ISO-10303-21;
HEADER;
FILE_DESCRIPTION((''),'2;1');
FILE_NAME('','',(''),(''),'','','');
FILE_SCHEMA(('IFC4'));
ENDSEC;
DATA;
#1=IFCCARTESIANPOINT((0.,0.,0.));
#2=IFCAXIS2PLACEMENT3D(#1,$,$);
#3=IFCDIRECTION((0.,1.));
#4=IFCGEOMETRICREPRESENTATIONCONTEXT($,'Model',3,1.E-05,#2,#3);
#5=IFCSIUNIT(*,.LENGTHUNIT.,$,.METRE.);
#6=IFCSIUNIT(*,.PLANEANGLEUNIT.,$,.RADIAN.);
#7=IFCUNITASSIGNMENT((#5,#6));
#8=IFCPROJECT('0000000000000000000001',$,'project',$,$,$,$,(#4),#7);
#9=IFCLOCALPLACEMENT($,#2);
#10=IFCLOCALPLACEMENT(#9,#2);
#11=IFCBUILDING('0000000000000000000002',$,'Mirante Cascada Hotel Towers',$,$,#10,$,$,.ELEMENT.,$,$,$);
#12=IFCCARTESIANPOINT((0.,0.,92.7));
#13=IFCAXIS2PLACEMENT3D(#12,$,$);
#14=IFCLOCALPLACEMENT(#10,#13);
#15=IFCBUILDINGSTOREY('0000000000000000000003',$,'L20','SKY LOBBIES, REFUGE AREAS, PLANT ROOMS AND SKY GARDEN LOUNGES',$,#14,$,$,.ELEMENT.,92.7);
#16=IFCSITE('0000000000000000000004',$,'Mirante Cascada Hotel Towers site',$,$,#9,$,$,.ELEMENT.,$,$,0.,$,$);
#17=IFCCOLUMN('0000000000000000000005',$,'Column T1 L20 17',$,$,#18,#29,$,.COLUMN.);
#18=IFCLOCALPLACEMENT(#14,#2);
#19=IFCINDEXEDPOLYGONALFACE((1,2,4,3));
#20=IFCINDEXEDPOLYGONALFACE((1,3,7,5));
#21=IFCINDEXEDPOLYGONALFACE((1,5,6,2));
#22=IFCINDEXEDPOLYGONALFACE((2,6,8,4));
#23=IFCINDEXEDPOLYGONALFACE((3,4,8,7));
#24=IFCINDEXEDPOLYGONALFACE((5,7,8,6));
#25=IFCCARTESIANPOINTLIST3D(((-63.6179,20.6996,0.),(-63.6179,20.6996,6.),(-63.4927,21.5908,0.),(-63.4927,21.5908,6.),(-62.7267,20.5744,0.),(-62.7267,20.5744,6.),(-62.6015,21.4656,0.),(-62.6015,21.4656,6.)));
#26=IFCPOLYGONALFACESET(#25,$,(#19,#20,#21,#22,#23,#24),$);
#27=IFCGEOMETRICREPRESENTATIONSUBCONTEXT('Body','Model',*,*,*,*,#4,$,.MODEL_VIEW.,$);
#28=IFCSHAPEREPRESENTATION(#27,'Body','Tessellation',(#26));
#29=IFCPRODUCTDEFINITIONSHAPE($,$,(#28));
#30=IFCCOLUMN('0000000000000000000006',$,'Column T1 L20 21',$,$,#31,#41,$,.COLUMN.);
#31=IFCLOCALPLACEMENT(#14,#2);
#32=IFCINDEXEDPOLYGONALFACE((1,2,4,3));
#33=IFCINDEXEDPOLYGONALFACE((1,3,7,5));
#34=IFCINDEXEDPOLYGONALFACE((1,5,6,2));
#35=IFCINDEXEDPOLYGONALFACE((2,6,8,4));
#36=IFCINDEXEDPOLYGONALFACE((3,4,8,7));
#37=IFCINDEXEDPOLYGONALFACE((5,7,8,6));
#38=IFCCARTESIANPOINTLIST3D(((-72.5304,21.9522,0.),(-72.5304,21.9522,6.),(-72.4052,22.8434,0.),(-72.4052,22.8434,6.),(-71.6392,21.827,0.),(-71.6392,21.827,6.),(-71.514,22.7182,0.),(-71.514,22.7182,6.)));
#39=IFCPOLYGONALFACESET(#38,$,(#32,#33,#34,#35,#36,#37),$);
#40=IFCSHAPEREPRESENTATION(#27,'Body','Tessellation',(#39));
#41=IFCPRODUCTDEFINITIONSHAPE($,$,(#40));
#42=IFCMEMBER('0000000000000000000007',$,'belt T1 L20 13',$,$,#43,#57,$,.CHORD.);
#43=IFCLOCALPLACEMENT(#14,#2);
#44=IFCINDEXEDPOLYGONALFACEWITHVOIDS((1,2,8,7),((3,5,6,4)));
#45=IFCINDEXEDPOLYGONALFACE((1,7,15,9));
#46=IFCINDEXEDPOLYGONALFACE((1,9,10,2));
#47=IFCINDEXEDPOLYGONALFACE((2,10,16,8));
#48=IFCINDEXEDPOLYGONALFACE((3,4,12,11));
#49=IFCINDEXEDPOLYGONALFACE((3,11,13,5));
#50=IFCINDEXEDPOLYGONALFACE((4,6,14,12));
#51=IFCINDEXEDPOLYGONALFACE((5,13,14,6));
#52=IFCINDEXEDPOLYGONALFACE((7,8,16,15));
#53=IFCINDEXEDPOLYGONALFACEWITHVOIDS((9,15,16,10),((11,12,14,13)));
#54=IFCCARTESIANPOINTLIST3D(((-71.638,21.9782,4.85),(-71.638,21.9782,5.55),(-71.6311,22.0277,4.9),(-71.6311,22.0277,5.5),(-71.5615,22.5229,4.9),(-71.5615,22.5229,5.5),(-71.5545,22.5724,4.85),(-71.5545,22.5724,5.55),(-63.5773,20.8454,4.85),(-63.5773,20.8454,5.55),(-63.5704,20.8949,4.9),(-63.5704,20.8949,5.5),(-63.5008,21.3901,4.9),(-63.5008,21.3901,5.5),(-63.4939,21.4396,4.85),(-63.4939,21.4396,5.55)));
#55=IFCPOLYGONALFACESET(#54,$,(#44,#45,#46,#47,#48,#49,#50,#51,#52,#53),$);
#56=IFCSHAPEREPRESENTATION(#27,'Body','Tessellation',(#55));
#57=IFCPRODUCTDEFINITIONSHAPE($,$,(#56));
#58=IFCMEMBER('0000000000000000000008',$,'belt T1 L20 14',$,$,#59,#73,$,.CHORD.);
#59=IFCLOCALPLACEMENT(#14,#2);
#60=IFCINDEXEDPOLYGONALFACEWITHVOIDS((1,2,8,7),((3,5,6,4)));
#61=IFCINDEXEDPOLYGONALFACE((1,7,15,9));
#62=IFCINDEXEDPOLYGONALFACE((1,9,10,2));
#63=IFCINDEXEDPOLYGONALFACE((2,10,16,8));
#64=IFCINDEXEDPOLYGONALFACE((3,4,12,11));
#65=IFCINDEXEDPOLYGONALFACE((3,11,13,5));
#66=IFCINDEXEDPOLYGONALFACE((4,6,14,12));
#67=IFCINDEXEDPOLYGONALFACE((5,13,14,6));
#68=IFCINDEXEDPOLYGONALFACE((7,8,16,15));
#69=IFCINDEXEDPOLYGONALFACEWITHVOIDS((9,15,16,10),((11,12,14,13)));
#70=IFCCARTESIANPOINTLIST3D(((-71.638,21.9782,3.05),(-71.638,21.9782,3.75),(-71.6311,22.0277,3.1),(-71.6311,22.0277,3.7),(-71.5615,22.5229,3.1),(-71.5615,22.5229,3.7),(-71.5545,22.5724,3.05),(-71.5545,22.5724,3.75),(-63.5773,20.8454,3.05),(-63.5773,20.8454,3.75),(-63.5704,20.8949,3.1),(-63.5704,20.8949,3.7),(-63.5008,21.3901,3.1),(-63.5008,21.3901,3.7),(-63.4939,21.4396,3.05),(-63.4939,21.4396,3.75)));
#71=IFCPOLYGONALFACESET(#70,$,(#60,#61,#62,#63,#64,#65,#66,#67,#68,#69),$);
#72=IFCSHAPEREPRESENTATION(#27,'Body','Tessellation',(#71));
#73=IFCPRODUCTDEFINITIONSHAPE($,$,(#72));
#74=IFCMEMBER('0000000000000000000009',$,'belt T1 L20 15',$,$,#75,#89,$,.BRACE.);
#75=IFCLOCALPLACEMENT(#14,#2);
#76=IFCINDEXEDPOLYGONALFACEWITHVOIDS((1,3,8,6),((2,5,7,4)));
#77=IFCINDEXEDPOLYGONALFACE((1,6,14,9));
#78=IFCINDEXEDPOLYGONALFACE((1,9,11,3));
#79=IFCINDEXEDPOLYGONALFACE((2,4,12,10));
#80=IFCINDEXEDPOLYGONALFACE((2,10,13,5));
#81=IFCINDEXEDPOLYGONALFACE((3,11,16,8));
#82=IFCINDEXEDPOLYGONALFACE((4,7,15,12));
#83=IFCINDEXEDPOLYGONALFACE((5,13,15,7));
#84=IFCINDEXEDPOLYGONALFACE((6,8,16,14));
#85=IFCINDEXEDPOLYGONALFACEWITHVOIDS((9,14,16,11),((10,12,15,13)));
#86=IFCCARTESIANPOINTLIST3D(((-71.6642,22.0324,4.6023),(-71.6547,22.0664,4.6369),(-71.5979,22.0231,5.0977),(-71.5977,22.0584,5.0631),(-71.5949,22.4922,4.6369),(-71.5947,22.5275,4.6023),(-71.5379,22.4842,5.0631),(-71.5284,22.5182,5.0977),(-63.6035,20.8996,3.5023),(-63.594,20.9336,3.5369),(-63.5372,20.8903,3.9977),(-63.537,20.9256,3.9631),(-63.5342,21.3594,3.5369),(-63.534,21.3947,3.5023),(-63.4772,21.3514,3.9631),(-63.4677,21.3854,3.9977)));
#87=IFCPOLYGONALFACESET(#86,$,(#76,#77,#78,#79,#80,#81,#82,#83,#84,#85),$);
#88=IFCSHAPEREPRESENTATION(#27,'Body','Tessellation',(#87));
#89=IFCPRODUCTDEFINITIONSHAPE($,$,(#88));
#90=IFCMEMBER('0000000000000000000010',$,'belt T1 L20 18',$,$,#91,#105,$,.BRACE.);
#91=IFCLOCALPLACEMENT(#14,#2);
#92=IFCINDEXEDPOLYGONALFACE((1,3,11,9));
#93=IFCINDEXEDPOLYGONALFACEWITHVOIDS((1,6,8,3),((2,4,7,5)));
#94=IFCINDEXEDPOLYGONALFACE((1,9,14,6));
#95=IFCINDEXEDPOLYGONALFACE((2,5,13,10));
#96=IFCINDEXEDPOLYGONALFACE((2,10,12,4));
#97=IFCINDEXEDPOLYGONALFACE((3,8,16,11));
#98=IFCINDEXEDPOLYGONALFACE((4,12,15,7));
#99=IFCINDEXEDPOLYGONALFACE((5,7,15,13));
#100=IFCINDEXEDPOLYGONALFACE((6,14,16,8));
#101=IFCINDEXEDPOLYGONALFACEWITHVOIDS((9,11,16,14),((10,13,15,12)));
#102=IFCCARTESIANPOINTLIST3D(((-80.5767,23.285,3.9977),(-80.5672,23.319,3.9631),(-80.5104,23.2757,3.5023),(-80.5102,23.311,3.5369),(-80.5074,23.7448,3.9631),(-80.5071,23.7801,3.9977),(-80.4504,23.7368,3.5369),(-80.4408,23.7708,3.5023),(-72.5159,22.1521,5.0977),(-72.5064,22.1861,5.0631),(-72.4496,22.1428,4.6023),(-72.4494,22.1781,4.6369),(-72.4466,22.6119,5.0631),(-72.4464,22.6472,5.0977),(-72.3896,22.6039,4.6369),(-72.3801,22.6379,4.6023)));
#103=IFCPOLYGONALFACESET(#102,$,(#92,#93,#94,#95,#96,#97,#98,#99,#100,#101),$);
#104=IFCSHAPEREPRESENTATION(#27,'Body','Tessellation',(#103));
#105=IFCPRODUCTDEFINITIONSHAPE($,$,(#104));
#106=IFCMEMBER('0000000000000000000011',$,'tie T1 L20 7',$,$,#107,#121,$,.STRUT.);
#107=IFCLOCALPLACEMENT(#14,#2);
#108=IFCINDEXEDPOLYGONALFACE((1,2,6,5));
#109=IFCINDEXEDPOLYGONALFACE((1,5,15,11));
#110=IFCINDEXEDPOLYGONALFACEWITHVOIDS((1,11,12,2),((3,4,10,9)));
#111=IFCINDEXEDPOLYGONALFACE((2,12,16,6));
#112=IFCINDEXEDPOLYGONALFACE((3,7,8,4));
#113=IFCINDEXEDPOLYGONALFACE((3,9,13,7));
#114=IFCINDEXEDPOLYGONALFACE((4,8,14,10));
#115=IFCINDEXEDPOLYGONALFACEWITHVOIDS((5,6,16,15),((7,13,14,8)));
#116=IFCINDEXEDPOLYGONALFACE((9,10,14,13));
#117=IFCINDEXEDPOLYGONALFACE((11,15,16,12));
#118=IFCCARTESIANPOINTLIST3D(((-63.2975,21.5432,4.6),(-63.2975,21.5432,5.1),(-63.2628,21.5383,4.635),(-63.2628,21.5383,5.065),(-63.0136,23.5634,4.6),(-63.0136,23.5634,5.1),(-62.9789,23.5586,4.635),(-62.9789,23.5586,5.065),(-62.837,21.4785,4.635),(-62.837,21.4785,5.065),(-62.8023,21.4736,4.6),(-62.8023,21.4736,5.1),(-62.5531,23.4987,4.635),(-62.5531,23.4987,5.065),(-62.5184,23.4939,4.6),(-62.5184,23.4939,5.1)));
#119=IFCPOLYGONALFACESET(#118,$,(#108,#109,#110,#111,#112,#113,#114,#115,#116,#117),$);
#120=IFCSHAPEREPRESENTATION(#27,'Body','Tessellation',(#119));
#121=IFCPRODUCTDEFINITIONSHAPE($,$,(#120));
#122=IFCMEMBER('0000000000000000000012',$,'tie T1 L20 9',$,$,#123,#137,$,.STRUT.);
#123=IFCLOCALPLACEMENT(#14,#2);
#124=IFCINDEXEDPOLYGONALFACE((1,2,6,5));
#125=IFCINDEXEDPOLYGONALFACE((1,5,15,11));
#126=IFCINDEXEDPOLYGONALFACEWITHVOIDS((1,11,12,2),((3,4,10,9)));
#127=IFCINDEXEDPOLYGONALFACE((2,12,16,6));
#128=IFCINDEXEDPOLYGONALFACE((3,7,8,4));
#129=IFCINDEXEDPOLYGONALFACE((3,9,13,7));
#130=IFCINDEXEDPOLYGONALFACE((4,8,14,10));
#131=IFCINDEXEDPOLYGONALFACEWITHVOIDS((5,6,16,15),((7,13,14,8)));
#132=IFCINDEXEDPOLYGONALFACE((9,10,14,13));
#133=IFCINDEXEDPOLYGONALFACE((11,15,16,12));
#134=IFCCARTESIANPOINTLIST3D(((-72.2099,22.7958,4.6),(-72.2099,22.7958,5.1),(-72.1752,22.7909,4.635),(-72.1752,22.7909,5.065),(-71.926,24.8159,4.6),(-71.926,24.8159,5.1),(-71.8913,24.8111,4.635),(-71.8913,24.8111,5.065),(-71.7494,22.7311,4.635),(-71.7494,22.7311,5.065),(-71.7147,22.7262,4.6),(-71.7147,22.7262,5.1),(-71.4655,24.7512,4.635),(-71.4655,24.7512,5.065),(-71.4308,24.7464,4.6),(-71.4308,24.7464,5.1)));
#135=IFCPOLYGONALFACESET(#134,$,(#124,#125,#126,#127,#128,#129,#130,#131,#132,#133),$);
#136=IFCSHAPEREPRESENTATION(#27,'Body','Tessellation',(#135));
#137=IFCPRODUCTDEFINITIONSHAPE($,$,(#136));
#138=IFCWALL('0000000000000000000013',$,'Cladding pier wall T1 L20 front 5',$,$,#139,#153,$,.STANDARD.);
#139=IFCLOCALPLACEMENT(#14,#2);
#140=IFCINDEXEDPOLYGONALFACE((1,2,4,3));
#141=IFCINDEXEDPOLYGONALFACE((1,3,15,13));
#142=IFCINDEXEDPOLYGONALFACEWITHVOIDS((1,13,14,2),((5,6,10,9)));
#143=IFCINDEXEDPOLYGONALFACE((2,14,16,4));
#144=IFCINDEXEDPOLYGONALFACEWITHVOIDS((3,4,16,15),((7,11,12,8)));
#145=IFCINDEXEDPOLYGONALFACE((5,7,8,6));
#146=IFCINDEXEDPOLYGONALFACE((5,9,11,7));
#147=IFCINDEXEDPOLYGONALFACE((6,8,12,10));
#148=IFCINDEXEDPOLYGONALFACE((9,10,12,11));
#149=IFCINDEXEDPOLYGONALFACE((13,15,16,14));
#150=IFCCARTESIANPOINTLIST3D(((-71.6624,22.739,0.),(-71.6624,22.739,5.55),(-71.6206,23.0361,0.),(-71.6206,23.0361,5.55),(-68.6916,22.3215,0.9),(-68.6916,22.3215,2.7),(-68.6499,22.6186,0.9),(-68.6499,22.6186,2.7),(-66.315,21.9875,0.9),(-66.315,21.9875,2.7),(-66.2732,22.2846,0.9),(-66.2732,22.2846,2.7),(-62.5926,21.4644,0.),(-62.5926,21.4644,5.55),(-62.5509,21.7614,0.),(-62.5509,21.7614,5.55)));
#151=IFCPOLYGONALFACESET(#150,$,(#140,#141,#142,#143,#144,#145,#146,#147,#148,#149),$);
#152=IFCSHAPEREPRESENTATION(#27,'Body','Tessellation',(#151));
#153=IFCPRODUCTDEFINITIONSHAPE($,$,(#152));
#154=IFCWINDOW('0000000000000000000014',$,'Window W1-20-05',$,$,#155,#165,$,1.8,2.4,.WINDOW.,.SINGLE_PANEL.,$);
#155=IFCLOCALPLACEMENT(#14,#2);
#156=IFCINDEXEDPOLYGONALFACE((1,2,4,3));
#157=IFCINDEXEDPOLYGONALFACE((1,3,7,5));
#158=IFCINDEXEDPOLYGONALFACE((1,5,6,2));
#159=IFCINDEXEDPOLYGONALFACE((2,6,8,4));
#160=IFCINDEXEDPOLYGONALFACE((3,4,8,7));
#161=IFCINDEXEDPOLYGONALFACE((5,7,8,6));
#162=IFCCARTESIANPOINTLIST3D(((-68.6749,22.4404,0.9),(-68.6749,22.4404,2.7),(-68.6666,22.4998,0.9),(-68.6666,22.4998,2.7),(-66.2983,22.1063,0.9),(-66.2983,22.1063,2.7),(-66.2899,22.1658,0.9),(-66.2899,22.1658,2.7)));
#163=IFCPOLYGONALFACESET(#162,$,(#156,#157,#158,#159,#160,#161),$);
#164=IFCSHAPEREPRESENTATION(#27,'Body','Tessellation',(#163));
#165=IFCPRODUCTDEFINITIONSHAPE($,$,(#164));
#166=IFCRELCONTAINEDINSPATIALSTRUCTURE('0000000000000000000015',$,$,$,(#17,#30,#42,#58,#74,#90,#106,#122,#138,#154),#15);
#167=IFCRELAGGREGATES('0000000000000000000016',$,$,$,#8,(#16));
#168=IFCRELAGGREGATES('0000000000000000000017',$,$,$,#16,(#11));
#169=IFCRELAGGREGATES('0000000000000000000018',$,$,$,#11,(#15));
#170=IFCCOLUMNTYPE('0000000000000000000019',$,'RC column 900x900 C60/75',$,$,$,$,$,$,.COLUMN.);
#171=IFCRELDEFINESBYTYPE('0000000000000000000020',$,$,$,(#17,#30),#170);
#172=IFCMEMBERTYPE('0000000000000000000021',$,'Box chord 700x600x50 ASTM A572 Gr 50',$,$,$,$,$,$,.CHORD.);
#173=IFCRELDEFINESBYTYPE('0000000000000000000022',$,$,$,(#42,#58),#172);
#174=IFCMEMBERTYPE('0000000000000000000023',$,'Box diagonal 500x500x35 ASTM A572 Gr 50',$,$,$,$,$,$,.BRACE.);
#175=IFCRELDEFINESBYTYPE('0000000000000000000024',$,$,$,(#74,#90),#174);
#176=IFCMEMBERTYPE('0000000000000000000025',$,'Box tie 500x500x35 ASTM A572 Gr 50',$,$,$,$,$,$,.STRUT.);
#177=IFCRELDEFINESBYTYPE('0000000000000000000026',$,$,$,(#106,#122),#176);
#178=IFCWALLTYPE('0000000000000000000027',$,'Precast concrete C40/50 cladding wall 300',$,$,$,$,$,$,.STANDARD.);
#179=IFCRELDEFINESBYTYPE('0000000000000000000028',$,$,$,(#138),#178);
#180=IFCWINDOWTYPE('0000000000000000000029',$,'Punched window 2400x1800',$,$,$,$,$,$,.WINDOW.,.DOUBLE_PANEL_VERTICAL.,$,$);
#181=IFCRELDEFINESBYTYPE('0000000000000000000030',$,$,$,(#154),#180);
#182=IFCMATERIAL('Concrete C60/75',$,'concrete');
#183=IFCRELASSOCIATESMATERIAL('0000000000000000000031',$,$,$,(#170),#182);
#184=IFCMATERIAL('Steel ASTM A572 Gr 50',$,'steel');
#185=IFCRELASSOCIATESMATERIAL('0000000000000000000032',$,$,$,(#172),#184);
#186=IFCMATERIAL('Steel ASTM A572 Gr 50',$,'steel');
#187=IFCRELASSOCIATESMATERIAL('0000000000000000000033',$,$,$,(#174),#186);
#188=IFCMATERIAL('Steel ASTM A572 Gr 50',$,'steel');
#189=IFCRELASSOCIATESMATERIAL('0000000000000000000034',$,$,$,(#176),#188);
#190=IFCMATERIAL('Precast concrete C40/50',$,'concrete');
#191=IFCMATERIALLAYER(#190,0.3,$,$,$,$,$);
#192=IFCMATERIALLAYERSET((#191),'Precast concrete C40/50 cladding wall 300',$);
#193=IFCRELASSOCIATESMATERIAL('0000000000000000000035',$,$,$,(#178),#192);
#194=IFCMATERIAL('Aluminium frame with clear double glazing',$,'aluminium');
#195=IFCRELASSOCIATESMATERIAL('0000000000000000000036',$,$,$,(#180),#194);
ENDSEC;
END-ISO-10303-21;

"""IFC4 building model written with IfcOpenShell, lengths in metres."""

from ifc_helpers import new_model, si_unit, direction, frame, frame_2d, origin, origin_2d, place, context, subcontext, project, spatial, rectangle, hollow_rectangle, extrude, material, layer, layer_set, material_profile, profile_set, type_object, element, fill, save


model = new_model("IFC4")

# Units and contexts
model_context = context("Model", 3, precision=1e-05, world=origin(), true_north=direction((0.0, 1.0)))
body_context = subcontext(model_context, "Body", "Model", "MODEL_VIEW")
ifc_project = project(units=[si_unit("LENGTHUNIT", "METRE"), si_unit("PLANEANGLEUNIT", "RADIAN")], contexts=[model_context])

# Site, building, storey
site_placement = place(None, origin())
site = spatial("IfcSite", under=ifc_project, at=site_placement, Name="Mirante Cascada Hotel Towers site", CompositionType="ELEMENT", RefElevation=0.0)
building_placement = place(site_placement, origin())
building = spatial("IfcBuilding", under=site, at=building_placement, Name="Mirante Cascada Hotel Towers", CompositionType="ELEMENT")
storey_placement = place(building_placement, frame((0.0, 0.0, 92.7)))
storey = spatial("IfcBuildingStorey", under=building, at=storey_placement, Name="L20", Description="SKY LOBBIES, REFUGE AREAS, PLANT ROOMS AND SKY GARDEN LOUNGES", CompositionType="ELEMENT", Elevation=92.7)

# Columns
ifc_material_1 = material(Name="Concrete C60/75", Category="concrete")
ifc_material_profile_1 = material_profile(ifc_material_1, rectangle(XDim=0.9, YDim=0.9, at=origin_2d()), Name="RC column 900x900 C60/75")
ifc_profile_set_1 = profile_set([ifc_material_profile_1], Name="Concrete C60/75")
column_type = type_object("IfcColumnType", Name="RC column 900x900 C60/75", PredefinedType="COLUMN", material=ifc_profile_set_1)
for number, where, z_axis, x_axis, name in (
    (1, (-63.1097, 21.0826, 0.0), (0.0, 0.0, 1.0), (-0.990268, 0.139173, 0.0), "Column T1 L20 17"),
    (2, (-72.0222, 22.3352, 0.0), (0.0, 0.0, 1.0), (-0.990268, 0.139173, 0.0), "Column T1 L20 21"),
):
    element("IfcColumn", number, at=place(storey_placement, frame(where, z_axis=z_axis, x_axis=x_axis)), inside=storey, type_object=column_type, Name=name, PredefinedType="COLUMN", context=body_context, shape_type="SweptSolid", body=[
        extrude(rectangle(XDim=0.9, YDim=0.9, at=origin_2d()), origin(), (0.0, 0.0, 1.0), 6.0),
    ])

# Members
ifc_material_2 = material(Name="Steel ASTM A572 Gr 50", Category="steel")
ifc_material_profile_2 = material_profile(ifc_material_2, hollow_rectangle(XDim=0.6, YDim=0.7, WallThickness=0.05, at=origin_2d()), Name="Box chord 700x600x50 ASTM A572 Gr 50")
ifc_profile_set_2 = profile_set([ifc_material_profile_2], Name="Steel ASTM A572 Gr 50")
member_type_1 = type_object("IfcMemberType", Name="Box chord 700x600x50 ASTM A572 Gr 50", PredefinedType="CHORD", material=ifc_profile_set_2)
for number, where, z_axis, x_axis, name in (
    (3, (-63.5356, 21.1425, 5.2), (-0.990269, 0.139166, 0.0), (-0.139166, -0.990269, 0.0), "belt T1 L20 13"),
    (4, (-63.5356, 21.1425, 3.4), (-0.990269, 0.139166, 0.0), (-0.139166, -0.990269, 0.0), "belt T1 L20 14"),
):
    element("IfcMember", number, at=place(storey_placement, frame(where, z_axis=z_axis, x_axis=x_axis)), inside=storey, type_object=member_type_1, Name=name, PredefinedType="CHORD", context=body_context, shape_type="SweptSolid", body=[
        extrude(hollow_rectangle(XDim=0.6, YDim=0.7, WallThickness=0.05, at=origin_2d()), origin(), (0.0, 0.0, 1.0), 8.1399),
    ])
ifc_material_3 = material(Name="Steel ASTM A572 Gr 50", Category="steel")
ifc_material_profile_3 = material_profile(ifc_material_3, hollow_rectangle(XDim=0.5, YDim=0.5, WallThickness=0.035, at=origin_2d()), Name="Box diagonal 500x500x35 ASTM A572 Gr 50")
ifc_profile_set_3 = profile_set([ifc_material_profile_3], Name="Steel ASTM A572 Gr 50")
member_type_2 = type_object("IfcMemberType", Name="Box diagonal 500x500x35 ASTM A572 Gr 50", PredefinedType="BRACE", material=ifc_profile_set_3)
member_1_placement = place(storey_placement, frame((-63.5356, 21.1425, 3.75), z_axis=(-0.981349, 0.137913, 0.133919), x_axis=(-0.139166, -0.990269, 0.0)))
element("IfcMember", 5, at=member_1_placement, inside=storey, type_object=member_type_2, Name="belt T1 L20 15", PredefinedType="BRACE", context=body_context, shape_type="SweptSolid", body=[
    extrude(hollow_rectangle(XDim=0.5, YDim=0.5, WallThickness=0.035, at=origin_2d()), origin(), (0.0, 0.0, 1.0), 8.2139),
])
member_2_placement = place(storey_placement, frame((-72.448, 22.395, 4.85), z_axis=(-0.981348, 0.137923, -0.133917), x_axis=(-0.139177, -0.990268, 0.0)))
element("IfcMember", 6, at=member_2_placement, inside=storey, type_object=member_type_2, Name="belt T1 L20 18", PredefinedType="BRACE", context=body_context, shape_type="SweptSolid", body=[
    extrude(hollow_rectangle(XDim=0.5, YDim=0.5, WallThickness=0.035, at=origin_2d()), origin(), (0.0, 0.0, 1.0), 8.214),
])
ifc_material_4 = material(Name="Steel ASTM A572 Gr 50", Category="steel")
ifc_material_profile_4 = material_profile(ifc_material_4, hollow_rectangle(XDim=0.5, YDim=0.5, WallThickness=0.035, at=origin_2d()), Name="Box tie 500x500x35 ASTM A572 Gr 50")
ifc_profile_set_4 = profile_set([ifc_material_profile_4], Name="Steel ASTM A572 Gr 50")
member_type_3 = type_object("IfcMemberType", Name="Box tie 500x500x35 ASTM A572 Gr 50", PredefinedType="STRUT", material=ifc_profile_set_4)
member_3_placement = place(storey_placement, frame((-63.0499, 21.5084, 4.85), z_axis=(0.139163, 0.99027, 0.0), x_axis=(-0.99027, 0.139163, 0.0)))
element("IfcMember", 7, at=member_3_placement, inside=storey, type_object=member_type_3, Name="tie T1 L20 7", PredefinedType="STRUT", context=body_context, shape_type="SweptSolid", body=[
    extrude(hollow_rectangle(XDim=0.5, YDim=0.5, WallThickness=0.035, at=origin_2d()), origin(), (0.0, 0.0, 1.0), 2.0401),
])
member_4_placement = place(storey_placement, frame((-71.9623, 22.761, 4.85), z_axis=(0.13917, 0.990268, 0.0), x_axis=(-0.990268, 0.13917, 0.0)))
element("IfcMember", 8, at=member_4_placement, inside=storey, type_object=member_type_3, Name="tie T1 L20 9", PredefinedType="STRUT", context=body_context, shape_type="SweptSolid", body=[
    extrude(hollow_rectangle(XDim=0.5, YDim=0.5, WallThickness=0.035, at=origin_2d()), origin(), (0.0, 0.0, 1.0), 2.04),
])

# Wall, opening, window
ifc_material_5 = material(Name="Precast concrete C40/50", Category="concrete")
ifc_layer = layer(ifc_material_5, 0.3)
ifc_layer_set = layer_set([ifc_layer], Name="Precast concrete C40/50 cladding wall 300")
wall_type = type_object("IfcWallType", Name="Precast concrete C40/50 cladding wall 300", PredefinedType="STANDARD", material=ifc_layer_set)
wall_1_placement = place(storey_placement, frame((-62.5718, 21.6129, 0.0), z_axis=(0.0, 0.0, 1.0), x_axis=(-0.990268, 0.139176, 0.0)))
wall_1 = element("IfcWall", 9, at=wall_1_placement, inside=storey, type_object=wall_type, Name="Cladding pier wall T1 L20 front 5", PredefinedType="STANDARD", context=body_context, shape_type="SweptSolid", body=[
    extrude(rectangle(XDim=9.1589, YDim=0.3, at=frame_2d((4.5794, 0.0))), origin(), (0.0, 0.0, 1.0), 5.55),
])
opening_1_placement = place(wall_1_placement, frame((3.7589, 0.0, 0.9)))
opening_1 = element("IfcOpeningElement", 10, at=opening_1_placement, cuts=wall_1, PredefinedType="OPENING", context=body_context, shape_type="SweptSolid", body=[
    extrude(rectangle(XDim=2.4, YDim=1.8, at=frame_2d((1.2, 0.9))), frame((0.0, 0.15, 0.0), z_axis=(0.0, -1.0, 0.0), x_axis=(1.0, 0.0, 0.0)), (0.0, 0.0, 1.0), 0.3),
])
ifc_material_6 = material(Name="Aluminium frame with clear double glazing", Category="aluminium")
window_type = type_object("IfcWindowType", Name="Punched window 2400x1800", PartitioningType="DOUBLE_PANEL_VERTICAL", PredefinedType="WINDOW", material=ifc_material_6)
window_1_placement = place(opening_1_placement, origin())
window_1 = element("IfcWindow", 11, at=window_1_placement, inside=storey, type_object=window_type, Name="Window W1-20-05", OverallHeight=1.8, OverallWidth=2.4, PartitioningType="SINGLE_PANEL", PredefinedType="WINDOW", context=body_context, shape_type="SweptSolid", body=[
    extrude(rectangle(XDim=2.4, YDim=1.8, at=frame_2d((1.2, 0.9))), frame((0.0, 0.03, 0.0), z_axis=(0.0, -1.0, 0.0), x_axis=(1.0, 0.0, 0.0)), (0.0, 0.0, 1.0), 0.06),
])
fill(opening_1, window_1)

save(model, "model.ifc")
